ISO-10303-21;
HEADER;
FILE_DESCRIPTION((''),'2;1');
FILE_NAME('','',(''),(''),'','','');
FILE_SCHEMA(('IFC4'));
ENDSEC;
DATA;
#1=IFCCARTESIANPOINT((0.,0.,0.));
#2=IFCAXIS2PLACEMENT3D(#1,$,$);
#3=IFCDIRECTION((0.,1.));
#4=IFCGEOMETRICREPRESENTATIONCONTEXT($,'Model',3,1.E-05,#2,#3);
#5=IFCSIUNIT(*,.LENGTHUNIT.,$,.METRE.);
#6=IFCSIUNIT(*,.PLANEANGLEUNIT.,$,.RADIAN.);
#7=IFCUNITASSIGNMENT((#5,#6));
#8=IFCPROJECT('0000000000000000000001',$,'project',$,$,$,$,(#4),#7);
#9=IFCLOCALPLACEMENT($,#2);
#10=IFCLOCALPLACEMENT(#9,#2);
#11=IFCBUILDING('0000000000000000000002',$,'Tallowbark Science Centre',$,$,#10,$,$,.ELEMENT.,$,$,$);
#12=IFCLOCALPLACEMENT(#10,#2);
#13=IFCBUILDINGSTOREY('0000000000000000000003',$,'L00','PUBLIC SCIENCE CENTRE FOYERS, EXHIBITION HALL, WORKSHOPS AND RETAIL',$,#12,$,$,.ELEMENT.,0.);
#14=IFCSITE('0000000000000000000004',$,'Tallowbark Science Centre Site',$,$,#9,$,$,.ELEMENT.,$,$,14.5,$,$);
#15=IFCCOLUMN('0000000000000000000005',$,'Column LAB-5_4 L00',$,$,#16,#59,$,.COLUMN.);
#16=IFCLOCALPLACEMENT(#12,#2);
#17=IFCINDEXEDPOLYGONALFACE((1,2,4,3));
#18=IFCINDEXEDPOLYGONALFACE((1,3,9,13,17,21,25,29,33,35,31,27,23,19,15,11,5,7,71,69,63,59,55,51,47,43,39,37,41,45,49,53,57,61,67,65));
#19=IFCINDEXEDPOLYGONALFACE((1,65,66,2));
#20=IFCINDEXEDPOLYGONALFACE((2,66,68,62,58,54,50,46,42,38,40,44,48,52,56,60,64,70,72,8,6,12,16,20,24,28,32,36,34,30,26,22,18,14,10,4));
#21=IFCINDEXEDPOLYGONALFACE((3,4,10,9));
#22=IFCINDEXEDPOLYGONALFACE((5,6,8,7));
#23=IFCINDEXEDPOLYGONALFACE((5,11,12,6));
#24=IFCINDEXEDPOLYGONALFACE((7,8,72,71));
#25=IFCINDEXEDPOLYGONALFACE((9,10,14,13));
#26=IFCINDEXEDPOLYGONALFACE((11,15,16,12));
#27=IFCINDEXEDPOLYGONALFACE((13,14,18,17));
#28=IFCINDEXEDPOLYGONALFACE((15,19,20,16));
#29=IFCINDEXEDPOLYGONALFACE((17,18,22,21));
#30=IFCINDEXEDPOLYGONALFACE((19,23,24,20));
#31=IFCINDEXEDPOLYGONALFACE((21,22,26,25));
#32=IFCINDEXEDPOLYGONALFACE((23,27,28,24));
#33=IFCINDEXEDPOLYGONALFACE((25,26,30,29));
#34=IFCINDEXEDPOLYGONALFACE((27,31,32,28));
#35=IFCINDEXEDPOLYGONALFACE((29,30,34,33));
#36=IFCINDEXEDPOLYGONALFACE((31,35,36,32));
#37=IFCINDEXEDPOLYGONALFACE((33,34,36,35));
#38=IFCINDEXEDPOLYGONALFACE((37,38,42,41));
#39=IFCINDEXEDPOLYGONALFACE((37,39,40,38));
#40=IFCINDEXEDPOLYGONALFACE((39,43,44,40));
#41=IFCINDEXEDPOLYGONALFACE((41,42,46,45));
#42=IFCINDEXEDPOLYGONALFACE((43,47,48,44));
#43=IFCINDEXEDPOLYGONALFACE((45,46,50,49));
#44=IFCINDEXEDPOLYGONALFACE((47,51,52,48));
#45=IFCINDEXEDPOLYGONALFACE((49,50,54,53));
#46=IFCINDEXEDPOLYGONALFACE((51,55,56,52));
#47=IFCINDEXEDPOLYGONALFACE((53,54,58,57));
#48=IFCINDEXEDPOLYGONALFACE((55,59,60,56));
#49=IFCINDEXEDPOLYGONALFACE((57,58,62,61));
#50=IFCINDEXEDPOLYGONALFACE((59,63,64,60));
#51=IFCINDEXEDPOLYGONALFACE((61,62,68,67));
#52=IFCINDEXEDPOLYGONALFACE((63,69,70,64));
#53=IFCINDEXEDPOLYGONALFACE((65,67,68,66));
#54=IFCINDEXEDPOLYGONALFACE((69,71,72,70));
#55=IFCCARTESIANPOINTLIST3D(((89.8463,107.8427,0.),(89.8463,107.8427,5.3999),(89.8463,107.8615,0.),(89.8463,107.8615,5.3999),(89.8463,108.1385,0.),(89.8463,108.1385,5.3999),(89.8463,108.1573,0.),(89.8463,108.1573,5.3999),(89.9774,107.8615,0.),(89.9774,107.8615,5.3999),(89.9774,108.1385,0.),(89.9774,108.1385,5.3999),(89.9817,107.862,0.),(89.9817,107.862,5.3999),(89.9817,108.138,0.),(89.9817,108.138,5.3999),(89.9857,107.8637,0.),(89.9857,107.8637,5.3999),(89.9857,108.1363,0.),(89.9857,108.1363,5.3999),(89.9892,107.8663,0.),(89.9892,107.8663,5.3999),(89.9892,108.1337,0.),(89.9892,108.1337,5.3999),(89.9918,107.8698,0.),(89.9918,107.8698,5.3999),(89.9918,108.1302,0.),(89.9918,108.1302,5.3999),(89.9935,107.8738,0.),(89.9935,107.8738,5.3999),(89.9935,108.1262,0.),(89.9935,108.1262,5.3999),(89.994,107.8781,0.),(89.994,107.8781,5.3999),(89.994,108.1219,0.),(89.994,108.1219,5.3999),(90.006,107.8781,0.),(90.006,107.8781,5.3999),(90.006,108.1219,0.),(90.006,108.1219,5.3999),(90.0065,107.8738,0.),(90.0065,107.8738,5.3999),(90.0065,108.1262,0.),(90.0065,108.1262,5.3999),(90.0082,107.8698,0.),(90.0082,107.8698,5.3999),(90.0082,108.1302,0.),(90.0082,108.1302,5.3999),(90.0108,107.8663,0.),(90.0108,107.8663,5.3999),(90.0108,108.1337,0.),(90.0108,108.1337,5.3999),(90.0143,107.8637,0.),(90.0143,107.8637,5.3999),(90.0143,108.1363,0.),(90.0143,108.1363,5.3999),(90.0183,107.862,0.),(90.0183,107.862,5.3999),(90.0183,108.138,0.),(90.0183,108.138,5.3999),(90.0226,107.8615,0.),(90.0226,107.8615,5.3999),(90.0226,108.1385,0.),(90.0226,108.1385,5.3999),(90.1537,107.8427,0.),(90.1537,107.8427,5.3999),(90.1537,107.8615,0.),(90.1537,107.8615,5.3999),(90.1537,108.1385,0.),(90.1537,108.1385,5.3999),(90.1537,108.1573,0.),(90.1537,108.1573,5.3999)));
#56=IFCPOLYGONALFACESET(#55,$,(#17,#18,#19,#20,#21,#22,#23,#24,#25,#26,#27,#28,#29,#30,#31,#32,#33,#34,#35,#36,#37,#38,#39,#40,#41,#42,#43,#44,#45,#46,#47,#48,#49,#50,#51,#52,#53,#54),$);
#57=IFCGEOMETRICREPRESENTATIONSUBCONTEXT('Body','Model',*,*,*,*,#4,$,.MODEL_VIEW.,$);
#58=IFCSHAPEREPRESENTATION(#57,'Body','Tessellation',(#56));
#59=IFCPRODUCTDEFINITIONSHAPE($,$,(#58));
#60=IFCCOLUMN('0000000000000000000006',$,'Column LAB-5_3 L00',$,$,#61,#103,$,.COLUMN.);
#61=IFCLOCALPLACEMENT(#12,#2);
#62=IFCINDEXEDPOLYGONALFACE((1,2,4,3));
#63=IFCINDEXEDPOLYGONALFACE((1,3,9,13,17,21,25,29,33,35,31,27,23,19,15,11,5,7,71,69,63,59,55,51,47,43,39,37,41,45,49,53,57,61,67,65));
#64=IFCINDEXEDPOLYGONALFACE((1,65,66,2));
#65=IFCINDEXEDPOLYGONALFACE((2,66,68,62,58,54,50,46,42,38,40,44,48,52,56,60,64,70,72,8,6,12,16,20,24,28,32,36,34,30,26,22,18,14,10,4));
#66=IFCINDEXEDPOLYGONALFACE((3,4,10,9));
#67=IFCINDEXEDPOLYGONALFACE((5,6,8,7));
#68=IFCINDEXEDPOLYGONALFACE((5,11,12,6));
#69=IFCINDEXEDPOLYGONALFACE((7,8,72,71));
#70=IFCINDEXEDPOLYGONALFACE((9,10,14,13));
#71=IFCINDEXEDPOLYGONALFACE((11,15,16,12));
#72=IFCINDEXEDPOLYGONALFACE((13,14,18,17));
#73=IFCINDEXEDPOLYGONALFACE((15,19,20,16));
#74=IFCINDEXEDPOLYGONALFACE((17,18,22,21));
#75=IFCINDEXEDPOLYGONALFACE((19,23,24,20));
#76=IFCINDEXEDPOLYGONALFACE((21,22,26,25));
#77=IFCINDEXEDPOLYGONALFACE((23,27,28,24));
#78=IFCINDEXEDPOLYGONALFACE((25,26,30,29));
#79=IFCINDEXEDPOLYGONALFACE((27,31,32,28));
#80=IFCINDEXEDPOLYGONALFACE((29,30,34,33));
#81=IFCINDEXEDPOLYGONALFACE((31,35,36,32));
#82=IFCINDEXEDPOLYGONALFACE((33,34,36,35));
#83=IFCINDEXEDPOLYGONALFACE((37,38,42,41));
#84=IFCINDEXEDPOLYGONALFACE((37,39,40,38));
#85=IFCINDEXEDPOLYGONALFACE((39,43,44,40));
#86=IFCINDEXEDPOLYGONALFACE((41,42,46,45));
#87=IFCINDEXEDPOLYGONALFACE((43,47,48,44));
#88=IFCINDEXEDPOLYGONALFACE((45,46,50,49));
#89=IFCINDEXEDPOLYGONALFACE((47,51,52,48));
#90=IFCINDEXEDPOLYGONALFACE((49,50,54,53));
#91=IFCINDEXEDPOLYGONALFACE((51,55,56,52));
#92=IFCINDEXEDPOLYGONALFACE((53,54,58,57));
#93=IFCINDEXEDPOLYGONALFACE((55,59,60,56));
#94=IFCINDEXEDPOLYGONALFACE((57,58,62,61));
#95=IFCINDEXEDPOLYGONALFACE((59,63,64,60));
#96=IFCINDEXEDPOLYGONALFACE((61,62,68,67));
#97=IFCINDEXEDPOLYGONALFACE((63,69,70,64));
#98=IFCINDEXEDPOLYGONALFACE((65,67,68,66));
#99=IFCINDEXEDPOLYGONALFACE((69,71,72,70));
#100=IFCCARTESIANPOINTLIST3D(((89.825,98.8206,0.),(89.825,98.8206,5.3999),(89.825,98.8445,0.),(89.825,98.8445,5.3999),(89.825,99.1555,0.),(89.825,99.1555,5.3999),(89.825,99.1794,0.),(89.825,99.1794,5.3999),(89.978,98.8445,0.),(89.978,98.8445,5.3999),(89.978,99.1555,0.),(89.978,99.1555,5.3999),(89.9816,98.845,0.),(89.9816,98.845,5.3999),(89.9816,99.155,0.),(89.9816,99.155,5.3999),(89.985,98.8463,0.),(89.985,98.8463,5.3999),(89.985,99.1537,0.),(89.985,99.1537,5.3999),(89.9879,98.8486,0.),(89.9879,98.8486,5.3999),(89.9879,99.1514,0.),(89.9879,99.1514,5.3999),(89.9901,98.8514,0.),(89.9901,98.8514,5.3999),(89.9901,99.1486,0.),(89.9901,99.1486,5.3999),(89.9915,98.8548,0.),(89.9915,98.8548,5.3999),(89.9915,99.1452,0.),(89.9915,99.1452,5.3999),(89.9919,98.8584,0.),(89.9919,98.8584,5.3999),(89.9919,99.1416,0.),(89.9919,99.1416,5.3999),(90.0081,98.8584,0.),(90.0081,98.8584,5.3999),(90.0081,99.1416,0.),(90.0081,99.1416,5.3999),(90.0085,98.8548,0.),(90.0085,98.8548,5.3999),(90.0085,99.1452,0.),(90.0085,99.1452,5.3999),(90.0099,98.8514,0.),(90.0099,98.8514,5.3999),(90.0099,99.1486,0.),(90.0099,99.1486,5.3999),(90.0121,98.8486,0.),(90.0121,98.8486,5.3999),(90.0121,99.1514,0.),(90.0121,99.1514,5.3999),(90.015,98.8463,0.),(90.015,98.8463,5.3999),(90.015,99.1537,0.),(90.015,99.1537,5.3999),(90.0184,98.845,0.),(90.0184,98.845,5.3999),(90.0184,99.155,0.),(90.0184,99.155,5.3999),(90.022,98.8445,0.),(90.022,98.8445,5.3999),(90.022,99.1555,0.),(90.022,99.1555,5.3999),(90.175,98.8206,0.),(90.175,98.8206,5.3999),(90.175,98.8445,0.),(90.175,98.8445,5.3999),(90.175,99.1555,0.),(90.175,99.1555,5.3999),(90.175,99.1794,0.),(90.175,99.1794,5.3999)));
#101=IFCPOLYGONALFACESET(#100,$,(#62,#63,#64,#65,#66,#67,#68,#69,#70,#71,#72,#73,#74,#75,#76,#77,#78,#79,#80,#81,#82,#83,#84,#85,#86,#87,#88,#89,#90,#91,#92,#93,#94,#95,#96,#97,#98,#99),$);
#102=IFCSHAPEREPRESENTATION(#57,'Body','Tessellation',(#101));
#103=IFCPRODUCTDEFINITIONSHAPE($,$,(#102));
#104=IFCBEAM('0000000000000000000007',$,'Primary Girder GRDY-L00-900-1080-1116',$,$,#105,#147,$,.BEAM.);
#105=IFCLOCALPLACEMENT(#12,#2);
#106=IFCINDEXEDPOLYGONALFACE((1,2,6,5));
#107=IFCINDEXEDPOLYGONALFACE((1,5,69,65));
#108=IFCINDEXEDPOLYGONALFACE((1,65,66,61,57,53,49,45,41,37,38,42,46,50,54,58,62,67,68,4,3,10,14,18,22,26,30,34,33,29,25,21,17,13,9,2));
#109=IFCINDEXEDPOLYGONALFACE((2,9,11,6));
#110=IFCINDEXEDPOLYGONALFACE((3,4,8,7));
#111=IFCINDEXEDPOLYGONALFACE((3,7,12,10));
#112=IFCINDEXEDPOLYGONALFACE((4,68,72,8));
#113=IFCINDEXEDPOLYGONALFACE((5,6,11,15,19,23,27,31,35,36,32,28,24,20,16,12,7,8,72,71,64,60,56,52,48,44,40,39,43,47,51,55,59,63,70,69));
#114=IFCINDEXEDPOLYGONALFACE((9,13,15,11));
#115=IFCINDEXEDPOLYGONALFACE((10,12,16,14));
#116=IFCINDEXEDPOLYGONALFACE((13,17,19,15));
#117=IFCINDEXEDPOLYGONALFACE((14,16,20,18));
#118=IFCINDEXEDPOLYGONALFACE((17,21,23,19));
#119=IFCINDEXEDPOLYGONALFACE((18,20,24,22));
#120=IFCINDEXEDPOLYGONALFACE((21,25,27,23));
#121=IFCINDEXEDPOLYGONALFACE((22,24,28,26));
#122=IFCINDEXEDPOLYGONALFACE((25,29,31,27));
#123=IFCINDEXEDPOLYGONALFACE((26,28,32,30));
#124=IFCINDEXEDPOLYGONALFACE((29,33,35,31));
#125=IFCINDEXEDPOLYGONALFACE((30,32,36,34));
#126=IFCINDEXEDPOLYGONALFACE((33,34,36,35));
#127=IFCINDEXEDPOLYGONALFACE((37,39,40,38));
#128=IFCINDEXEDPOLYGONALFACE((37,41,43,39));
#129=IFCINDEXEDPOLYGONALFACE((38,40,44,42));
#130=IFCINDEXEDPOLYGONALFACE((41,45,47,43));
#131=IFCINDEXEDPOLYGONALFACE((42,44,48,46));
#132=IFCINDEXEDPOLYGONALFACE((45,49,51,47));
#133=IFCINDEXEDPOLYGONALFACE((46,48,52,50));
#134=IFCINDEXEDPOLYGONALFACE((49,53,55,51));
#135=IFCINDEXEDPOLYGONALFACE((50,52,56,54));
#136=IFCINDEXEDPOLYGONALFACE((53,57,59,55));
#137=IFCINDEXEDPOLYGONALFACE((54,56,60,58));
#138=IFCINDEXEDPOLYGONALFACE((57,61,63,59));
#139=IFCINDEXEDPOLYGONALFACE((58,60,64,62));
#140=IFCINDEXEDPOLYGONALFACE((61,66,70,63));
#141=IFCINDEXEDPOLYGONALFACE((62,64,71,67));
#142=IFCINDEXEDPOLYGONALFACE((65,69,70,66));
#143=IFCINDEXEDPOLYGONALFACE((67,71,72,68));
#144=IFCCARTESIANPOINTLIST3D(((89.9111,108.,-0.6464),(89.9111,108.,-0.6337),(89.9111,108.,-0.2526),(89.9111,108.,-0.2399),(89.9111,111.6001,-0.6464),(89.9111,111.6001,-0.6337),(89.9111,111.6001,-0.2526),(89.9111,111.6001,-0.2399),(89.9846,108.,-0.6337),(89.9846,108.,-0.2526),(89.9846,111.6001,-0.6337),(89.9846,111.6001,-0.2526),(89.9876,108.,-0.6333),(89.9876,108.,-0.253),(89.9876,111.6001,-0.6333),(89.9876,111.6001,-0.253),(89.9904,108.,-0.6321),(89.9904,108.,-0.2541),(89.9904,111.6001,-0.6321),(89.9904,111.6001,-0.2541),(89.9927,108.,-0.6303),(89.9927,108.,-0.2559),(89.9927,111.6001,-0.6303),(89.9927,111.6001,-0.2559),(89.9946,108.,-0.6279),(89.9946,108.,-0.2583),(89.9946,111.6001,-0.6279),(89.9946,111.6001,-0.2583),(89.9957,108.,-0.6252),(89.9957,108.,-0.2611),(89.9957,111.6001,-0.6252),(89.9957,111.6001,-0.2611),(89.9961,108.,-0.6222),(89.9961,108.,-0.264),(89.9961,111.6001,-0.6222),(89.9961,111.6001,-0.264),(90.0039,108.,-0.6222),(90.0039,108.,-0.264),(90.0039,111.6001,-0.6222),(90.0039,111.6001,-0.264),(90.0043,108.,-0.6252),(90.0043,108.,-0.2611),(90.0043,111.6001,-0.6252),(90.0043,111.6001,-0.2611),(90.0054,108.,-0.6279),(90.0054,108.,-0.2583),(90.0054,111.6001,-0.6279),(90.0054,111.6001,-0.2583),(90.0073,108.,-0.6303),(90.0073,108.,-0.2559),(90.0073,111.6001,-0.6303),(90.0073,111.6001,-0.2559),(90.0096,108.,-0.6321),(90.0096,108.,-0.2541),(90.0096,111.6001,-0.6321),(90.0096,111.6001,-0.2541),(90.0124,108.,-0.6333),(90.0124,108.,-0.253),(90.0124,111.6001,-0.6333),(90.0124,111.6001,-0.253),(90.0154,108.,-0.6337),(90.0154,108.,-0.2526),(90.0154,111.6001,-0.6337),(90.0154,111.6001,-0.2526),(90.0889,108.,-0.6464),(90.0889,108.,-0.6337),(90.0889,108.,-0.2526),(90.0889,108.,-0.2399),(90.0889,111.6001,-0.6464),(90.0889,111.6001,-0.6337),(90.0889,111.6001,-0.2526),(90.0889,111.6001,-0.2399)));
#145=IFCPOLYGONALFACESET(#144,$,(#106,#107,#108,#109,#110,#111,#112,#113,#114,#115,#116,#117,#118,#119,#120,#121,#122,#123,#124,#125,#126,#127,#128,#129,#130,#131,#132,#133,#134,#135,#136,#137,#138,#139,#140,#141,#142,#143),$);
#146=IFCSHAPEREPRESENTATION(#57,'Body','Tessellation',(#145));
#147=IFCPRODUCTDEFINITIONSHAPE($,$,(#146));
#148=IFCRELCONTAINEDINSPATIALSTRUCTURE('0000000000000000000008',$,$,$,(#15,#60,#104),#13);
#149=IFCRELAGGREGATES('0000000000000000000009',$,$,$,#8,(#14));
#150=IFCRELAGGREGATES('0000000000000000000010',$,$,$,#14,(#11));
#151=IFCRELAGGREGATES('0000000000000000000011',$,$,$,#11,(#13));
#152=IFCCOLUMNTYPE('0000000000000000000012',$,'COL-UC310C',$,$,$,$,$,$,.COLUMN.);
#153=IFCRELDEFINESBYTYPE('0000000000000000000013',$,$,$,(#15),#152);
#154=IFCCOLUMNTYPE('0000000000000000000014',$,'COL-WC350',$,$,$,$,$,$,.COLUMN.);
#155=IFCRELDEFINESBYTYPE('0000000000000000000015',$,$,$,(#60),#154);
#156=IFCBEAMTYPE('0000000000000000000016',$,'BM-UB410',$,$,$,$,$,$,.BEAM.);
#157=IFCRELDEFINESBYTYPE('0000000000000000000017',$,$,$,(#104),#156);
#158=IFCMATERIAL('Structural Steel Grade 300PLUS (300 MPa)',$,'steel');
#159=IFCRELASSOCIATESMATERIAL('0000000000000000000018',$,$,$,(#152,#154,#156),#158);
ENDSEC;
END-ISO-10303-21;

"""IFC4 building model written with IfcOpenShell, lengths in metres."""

from ifc_helpers import new_model, si_unit, direction, frame, origin, origin_2d, place, context, subcontext, project, spatial, i_section, extrude, material, material_profile, profile_set, type_object, element, save


model = new_model("IFC4")

# Units and contexts
model_context = context("Model", 3, precision=1e-05, world=origin(), true_north=direction((0.0, 1.0)))
body_context = subcontext(model_context, "Body", "Model", "MODEL_VIEW")
ifc_project = project(units=[si_unit("LENGTHUNIT", "METRE"), si_unit("PLANEANGLEUNIT", "RADIAN")], contexts=[model_context])

# Site, building, storey
site_placement = place(None, origin())
site = spatial("IfcSite", under=ifc_project, at=site_placement, Name="Tallowbark Science Centre Site", CompositionType="ELEMENT", RefElevation=14.5)
building_placement = place(site_placement, origin())
building = spatial("IfcBuilding", under=site, at=building_placement, Name="Tallowbark Science Centre", CompositionType="ELEMENT")
storey_placement = place(building_placement, origin())
storey = spatial("IfcBuildingStorey", under=building, at=storey_placement, Name="L00", Description="PUBLIC SCIENCE CENTRE FOYERS, EXHIBITION HALL, WORKSHOPS AND RETAIL", CompositionType="ELEMENT", Elevation=0.0)

# Columns
ifc_material_1 = material(Name="Structural Steel Grade 300PLUS (300 MPa)", Category="steel")
ifc_material_profile_1 = material_profile(ifc_material_1, i_section(OverallWidth=0.3074, OverallDepth=0.3147, WebThickness=0.012, FlangeThickness=0.0188, FilletRadius=0.0166, at=origin_2d()), Name="310UC118")
ifc_profile_set_1 = profile_set([ifc_material_profile_1], Name="Structural Steel Grade 300PLUS (300 MPa)")
column_type_1 = type_object("IfcColumnType", Name="COL-UC310C", PredefinedType="COLUMN", material=ifc_profile_set_1)
column_1_placement = place(storey_placement, frame((90.0, 108.0, 0.0), z_axis=(0.0, 0.0, 1.0), x_axis=(1.0, 0.0, 0.0)))
element("IfcColumn", 1, at=column_1_placement, inside=storey, type_object=column_type_1, Name="Column LAB-5_4 L00", PredefinedType="COLUMN", context=body_context, shape_type="SweptSolid", body=[
    extrude(i_section(OverallWidth=0.3074, OverallDepth=0.3147, WebThickness=0.012, FlangeThickness=0.0188, FilletRadius=0.0166, at=origin_2d()), origin(), (0.0, 0.0, 1.0), 5.3999),
])
ifc_material_profile_2 = material_profile(ifc_material_1, i_section(OverallWidth=0.3501, OverallDepth=0.3589, WebThickness=0.0161, FlangeThickness=0.0239, FilletRadius=0.0139, at=origin_2d()), Name="350WC197")
ifc_profile_set_2 = profile_set([ifc_material_profile_2], Name="Structural Steel Grade 300PLUS (300 MPa)")
column_type_2 = type_object("IfcColumnType", Name="COL-WC350", PredefinedType="COLUMN", material=ifc_profile_set_2)
column_2_placement = place(storey_placement, frame((90.0, 99.0, 0.0), z_axis=(0.0, 0.0, 1.0), x_axis=(1.0, 0.0, 0.0)))
element("IfcColumn", 2, at=column_2_placement, inside=storey, type_object=column_type_2, Name="Column LAB-5_3 L00", PredefinedType="COLUMN", context=body_context, shape_type="SweptSolid", body=[
    extrude(i_section(OverallWidth=0.3501, OverallDepth=0.3589, WebThickness=0.0161, FlangeThickness=0.0239, FilletRadius=0.0139, at=origin_2d()), origin(), (0.0, 0.0, 1.0), 5.3999),
])

# Beam
ifc_material_profile_3 = material_profile(ifc_material_1, i_section(OverallWidth=0.1777, OverallDepth=0.4065, WebThickness=0.0078, FlangeThickness=0.0127, FilletRadius=0.0115, at=origin_2d()), Name="410UB59.7")
ifc_profile_set_3 = profile_set([ifc_material_profile_3], Name="Structural Steel Grade 300PLUS (300 MPa)")
beam_type_1 = type_object("IfcBeamType", Name="BM-UB410", PredefinedType="BEAM", material=ifc_profile_set_3)
beam_1_placement = place(storey_placement, frame((90.0, 108.0, -0.4431), z_axis=(0.0, 1.0, 0.0), x_axis=(-1.0, 0.0, 0.0)))
element("IfcBeam", 3, at=beam_1_placement, inside=storey, type_object=beam_type_1, Name="Primary Girder GRDY-L00-900-1080-1116", PredefinedType="BEAM", context=body_context, shape_type="SweptSolid", body=[
    extrude(i_section(OverallWidth=0.1777, OverallDepth=0.4065, WebThickness=0.0078, FlangeThickness=0.0127, FilletRadius=0.0115, at=origin_2d()), origin(), (0.0, 0.0, 1.0), 3.6001),
])

save(model, "model.ifc")
